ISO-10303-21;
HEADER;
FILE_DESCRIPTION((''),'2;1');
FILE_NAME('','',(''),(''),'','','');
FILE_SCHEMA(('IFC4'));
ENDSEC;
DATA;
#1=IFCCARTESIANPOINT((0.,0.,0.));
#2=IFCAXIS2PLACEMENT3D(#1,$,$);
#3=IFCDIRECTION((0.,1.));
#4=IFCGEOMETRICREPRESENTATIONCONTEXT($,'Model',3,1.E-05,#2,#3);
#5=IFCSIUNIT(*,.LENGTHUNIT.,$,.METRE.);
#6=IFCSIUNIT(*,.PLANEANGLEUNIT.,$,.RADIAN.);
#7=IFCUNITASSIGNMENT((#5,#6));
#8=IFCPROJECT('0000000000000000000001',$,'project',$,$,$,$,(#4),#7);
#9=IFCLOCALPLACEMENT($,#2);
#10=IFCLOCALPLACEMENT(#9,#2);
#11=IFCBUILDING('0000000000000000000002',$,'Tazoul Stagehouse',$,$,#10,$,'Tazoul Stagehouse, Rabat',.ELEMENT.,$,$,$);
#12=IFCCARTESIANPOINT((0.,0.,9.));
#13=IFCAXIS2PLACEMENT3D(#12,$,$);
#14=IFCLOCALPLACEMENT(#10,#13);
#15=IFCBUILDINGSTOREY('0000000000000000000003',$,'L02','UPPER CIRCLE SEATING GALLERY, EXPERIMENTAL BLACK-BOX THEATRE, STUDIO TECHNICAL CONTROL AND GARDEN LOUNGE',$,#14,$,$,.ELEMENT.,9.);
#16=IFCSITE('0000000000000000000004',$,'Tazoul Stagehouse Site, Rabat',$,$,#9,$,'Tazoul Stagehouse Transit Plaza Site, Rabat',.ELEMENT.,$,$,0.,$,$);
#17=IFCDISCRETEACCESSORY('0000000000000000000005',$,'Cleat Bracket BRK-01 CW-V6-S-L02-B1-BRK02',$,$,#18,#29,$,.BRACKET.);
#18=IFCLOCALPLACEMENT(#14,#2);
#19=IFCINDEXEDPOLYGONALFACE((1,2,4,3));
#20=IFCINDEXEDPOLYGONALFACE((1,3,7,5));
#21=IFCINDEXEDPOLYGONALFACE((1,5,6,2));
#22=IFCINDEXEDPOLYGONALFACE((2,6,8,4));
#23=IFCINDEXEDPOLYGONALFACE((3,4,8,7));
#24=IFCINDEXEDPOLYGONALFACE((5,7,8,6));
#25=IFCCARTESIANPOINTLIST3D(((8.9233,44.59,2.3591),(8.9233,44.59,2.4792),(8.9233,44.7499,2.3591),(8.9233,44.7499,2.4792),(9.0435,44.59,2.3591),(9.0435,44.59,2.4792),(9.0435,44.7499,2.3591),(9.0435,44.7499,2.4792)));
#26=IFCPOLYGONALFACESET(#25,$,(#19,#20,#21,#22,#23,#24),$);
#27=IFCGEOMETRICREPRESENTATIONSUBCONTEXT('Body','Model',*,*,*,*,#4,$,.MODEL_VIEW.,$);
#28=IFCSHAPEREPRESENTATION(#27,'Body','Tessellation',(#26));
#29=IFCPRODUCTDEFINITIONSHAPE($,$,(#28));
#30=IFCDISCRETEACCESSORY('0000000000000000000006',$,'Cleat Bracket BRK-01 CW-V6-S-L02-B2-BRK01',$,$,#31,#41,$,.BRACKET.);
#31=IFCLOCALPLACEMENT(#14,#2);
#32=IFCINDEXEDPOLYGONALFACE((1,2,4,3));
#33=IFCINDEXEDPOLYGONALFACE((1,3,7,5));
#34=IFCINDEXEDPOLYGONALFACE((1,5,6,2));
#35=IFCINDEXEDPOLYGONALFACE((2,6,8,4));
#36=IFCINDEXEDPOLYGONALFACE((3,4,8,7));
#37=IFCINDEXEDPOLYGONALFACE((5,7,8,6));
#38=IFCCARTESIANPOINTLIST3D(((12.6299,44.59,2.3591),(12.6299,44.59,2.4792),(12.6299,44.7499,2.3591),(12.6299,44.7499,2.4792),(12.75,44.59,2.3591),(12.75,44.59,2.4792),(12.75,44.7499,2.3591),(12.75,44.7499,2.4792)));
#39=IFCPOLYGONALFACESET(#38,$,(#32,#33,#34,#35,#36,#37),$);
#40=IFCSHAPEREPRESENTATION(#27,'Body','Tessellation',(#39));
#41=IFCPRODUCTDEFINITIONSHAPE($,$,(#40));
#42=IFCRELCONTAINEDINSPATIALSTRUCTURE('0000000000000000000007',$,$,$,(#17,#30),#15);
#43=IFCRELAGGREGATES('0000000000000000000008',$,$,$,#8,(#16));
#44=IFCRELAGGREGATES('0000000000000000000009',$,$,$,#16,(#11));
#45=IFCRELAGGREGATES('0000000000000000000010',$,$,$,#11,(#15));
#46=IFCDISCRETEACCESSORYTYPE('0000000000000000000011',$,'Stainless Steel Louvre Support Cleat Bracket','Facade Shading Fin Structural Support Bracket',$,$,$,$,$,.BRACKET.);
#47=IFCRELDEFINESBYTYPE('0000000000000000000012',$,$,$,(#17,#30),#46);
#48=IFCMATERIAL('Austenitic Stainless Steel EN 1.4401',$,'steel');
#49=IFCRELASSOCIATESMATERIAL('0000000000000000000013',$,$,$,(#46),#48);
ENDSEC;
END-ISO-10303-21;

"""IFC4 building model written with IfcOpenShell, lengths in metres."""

from ifc_helpers import new_model, si_unit, direction, frame, origin, origin_2d, place, context, subcontext, project, spatial, rectangle, extrude, material, type_object, element, save


model = new_model("IFC4")

# Units and contexts
model_context = context("Model", 3, precision=1e-05, world=origin(), true_north=direction((0.0, 1.0)))
body_context = subcontext(model_context, "Body", "Model", "MODEL_VIEW")
ifc_project = project(units=[si_unit("LENGTHUNIT", "METRE"), si_unit("PLANEANGLEUNIT", "RADIAN")], contexts=[model_context])

# Site, building, storey
site_placement = place(None, origin())
site = spatial("IfcSite", under=ifc_project, at=site_placement, Name="Tazoul Stagehouse Site, Rabat", LongName="Tazoul Stagehouse Transit Plaza Site, Rabat", CompositionType="ELEMENT", RefElevation=0.0)
building_placement = place(site_placement, origin())
building = spatial("IfcBuilding", under=site, at=building_placement, Name="Tazoul Stagehouse", LongName="Tazoul Stagehouse, Rabat", CompositionType="ELEMENT")
storey_placement = place(building_placement, frame((0.0, 0.0, 9.0)))
storey = spatial("IfcBuildingStorey", under=building, at=storey_placement, Name="L02", Description="UPPER CIRCLE SEATING GALLERY, EXPERIMENTAL BLACK-BOX THEATRE, STUDIO TECHNICAL CONTROL AND GARDEN LOUNGE", CompositionType="ELEMENT", Elevation=9.0)

# Discrete accessories
ifc_material_1 = material(Name="Austenitic Stainless Steel EN 1.4401", Category="steel")
discrete_accessory_type = type_object("IfcDiscreteAccessoryType", Name="Stainless Steel Louvre Support Cleat Bracket", Description="Facade Shading Fin Structural Support Bracket", PredefinedType="BRACKET", material=ifc_material_1)
for number, where, z_axis, x_axis, name in (
    (1, (8.9834, 44.6699, 2.3591), (0.0, 0.0, 1.0), (1.0, 0.0, 0.0), "Cleat Bracket BRK-01 CW-V6-S-L02-B1-BRK02"),
    (2, (12.6899, 44.6699, 2.3591), (0.0, 0.0, 1.0), (1.0, 0.0, 0.0), "Cleat Bracket BRK-01 CW-V6-S-L02-B2-BRK01"),
):
    element("IfcDiscreteAccessory", number, at=place(storey_placement, frame(where, z_axis=z_axis, x_axis=x_axis)), inside=storey, type_object=discrete_accessory_type, Name=name, PredefinedType="BRACKET", context=body_context, shape_type="SweptSolid", body=[
        extrude(rectangle(XDim=0.1201, YDim=0.1599, at=origin_2d()), origin(), (0.0, 0.0, 1.0), 0.1201),
    ])

save(model, "model.ifc")
